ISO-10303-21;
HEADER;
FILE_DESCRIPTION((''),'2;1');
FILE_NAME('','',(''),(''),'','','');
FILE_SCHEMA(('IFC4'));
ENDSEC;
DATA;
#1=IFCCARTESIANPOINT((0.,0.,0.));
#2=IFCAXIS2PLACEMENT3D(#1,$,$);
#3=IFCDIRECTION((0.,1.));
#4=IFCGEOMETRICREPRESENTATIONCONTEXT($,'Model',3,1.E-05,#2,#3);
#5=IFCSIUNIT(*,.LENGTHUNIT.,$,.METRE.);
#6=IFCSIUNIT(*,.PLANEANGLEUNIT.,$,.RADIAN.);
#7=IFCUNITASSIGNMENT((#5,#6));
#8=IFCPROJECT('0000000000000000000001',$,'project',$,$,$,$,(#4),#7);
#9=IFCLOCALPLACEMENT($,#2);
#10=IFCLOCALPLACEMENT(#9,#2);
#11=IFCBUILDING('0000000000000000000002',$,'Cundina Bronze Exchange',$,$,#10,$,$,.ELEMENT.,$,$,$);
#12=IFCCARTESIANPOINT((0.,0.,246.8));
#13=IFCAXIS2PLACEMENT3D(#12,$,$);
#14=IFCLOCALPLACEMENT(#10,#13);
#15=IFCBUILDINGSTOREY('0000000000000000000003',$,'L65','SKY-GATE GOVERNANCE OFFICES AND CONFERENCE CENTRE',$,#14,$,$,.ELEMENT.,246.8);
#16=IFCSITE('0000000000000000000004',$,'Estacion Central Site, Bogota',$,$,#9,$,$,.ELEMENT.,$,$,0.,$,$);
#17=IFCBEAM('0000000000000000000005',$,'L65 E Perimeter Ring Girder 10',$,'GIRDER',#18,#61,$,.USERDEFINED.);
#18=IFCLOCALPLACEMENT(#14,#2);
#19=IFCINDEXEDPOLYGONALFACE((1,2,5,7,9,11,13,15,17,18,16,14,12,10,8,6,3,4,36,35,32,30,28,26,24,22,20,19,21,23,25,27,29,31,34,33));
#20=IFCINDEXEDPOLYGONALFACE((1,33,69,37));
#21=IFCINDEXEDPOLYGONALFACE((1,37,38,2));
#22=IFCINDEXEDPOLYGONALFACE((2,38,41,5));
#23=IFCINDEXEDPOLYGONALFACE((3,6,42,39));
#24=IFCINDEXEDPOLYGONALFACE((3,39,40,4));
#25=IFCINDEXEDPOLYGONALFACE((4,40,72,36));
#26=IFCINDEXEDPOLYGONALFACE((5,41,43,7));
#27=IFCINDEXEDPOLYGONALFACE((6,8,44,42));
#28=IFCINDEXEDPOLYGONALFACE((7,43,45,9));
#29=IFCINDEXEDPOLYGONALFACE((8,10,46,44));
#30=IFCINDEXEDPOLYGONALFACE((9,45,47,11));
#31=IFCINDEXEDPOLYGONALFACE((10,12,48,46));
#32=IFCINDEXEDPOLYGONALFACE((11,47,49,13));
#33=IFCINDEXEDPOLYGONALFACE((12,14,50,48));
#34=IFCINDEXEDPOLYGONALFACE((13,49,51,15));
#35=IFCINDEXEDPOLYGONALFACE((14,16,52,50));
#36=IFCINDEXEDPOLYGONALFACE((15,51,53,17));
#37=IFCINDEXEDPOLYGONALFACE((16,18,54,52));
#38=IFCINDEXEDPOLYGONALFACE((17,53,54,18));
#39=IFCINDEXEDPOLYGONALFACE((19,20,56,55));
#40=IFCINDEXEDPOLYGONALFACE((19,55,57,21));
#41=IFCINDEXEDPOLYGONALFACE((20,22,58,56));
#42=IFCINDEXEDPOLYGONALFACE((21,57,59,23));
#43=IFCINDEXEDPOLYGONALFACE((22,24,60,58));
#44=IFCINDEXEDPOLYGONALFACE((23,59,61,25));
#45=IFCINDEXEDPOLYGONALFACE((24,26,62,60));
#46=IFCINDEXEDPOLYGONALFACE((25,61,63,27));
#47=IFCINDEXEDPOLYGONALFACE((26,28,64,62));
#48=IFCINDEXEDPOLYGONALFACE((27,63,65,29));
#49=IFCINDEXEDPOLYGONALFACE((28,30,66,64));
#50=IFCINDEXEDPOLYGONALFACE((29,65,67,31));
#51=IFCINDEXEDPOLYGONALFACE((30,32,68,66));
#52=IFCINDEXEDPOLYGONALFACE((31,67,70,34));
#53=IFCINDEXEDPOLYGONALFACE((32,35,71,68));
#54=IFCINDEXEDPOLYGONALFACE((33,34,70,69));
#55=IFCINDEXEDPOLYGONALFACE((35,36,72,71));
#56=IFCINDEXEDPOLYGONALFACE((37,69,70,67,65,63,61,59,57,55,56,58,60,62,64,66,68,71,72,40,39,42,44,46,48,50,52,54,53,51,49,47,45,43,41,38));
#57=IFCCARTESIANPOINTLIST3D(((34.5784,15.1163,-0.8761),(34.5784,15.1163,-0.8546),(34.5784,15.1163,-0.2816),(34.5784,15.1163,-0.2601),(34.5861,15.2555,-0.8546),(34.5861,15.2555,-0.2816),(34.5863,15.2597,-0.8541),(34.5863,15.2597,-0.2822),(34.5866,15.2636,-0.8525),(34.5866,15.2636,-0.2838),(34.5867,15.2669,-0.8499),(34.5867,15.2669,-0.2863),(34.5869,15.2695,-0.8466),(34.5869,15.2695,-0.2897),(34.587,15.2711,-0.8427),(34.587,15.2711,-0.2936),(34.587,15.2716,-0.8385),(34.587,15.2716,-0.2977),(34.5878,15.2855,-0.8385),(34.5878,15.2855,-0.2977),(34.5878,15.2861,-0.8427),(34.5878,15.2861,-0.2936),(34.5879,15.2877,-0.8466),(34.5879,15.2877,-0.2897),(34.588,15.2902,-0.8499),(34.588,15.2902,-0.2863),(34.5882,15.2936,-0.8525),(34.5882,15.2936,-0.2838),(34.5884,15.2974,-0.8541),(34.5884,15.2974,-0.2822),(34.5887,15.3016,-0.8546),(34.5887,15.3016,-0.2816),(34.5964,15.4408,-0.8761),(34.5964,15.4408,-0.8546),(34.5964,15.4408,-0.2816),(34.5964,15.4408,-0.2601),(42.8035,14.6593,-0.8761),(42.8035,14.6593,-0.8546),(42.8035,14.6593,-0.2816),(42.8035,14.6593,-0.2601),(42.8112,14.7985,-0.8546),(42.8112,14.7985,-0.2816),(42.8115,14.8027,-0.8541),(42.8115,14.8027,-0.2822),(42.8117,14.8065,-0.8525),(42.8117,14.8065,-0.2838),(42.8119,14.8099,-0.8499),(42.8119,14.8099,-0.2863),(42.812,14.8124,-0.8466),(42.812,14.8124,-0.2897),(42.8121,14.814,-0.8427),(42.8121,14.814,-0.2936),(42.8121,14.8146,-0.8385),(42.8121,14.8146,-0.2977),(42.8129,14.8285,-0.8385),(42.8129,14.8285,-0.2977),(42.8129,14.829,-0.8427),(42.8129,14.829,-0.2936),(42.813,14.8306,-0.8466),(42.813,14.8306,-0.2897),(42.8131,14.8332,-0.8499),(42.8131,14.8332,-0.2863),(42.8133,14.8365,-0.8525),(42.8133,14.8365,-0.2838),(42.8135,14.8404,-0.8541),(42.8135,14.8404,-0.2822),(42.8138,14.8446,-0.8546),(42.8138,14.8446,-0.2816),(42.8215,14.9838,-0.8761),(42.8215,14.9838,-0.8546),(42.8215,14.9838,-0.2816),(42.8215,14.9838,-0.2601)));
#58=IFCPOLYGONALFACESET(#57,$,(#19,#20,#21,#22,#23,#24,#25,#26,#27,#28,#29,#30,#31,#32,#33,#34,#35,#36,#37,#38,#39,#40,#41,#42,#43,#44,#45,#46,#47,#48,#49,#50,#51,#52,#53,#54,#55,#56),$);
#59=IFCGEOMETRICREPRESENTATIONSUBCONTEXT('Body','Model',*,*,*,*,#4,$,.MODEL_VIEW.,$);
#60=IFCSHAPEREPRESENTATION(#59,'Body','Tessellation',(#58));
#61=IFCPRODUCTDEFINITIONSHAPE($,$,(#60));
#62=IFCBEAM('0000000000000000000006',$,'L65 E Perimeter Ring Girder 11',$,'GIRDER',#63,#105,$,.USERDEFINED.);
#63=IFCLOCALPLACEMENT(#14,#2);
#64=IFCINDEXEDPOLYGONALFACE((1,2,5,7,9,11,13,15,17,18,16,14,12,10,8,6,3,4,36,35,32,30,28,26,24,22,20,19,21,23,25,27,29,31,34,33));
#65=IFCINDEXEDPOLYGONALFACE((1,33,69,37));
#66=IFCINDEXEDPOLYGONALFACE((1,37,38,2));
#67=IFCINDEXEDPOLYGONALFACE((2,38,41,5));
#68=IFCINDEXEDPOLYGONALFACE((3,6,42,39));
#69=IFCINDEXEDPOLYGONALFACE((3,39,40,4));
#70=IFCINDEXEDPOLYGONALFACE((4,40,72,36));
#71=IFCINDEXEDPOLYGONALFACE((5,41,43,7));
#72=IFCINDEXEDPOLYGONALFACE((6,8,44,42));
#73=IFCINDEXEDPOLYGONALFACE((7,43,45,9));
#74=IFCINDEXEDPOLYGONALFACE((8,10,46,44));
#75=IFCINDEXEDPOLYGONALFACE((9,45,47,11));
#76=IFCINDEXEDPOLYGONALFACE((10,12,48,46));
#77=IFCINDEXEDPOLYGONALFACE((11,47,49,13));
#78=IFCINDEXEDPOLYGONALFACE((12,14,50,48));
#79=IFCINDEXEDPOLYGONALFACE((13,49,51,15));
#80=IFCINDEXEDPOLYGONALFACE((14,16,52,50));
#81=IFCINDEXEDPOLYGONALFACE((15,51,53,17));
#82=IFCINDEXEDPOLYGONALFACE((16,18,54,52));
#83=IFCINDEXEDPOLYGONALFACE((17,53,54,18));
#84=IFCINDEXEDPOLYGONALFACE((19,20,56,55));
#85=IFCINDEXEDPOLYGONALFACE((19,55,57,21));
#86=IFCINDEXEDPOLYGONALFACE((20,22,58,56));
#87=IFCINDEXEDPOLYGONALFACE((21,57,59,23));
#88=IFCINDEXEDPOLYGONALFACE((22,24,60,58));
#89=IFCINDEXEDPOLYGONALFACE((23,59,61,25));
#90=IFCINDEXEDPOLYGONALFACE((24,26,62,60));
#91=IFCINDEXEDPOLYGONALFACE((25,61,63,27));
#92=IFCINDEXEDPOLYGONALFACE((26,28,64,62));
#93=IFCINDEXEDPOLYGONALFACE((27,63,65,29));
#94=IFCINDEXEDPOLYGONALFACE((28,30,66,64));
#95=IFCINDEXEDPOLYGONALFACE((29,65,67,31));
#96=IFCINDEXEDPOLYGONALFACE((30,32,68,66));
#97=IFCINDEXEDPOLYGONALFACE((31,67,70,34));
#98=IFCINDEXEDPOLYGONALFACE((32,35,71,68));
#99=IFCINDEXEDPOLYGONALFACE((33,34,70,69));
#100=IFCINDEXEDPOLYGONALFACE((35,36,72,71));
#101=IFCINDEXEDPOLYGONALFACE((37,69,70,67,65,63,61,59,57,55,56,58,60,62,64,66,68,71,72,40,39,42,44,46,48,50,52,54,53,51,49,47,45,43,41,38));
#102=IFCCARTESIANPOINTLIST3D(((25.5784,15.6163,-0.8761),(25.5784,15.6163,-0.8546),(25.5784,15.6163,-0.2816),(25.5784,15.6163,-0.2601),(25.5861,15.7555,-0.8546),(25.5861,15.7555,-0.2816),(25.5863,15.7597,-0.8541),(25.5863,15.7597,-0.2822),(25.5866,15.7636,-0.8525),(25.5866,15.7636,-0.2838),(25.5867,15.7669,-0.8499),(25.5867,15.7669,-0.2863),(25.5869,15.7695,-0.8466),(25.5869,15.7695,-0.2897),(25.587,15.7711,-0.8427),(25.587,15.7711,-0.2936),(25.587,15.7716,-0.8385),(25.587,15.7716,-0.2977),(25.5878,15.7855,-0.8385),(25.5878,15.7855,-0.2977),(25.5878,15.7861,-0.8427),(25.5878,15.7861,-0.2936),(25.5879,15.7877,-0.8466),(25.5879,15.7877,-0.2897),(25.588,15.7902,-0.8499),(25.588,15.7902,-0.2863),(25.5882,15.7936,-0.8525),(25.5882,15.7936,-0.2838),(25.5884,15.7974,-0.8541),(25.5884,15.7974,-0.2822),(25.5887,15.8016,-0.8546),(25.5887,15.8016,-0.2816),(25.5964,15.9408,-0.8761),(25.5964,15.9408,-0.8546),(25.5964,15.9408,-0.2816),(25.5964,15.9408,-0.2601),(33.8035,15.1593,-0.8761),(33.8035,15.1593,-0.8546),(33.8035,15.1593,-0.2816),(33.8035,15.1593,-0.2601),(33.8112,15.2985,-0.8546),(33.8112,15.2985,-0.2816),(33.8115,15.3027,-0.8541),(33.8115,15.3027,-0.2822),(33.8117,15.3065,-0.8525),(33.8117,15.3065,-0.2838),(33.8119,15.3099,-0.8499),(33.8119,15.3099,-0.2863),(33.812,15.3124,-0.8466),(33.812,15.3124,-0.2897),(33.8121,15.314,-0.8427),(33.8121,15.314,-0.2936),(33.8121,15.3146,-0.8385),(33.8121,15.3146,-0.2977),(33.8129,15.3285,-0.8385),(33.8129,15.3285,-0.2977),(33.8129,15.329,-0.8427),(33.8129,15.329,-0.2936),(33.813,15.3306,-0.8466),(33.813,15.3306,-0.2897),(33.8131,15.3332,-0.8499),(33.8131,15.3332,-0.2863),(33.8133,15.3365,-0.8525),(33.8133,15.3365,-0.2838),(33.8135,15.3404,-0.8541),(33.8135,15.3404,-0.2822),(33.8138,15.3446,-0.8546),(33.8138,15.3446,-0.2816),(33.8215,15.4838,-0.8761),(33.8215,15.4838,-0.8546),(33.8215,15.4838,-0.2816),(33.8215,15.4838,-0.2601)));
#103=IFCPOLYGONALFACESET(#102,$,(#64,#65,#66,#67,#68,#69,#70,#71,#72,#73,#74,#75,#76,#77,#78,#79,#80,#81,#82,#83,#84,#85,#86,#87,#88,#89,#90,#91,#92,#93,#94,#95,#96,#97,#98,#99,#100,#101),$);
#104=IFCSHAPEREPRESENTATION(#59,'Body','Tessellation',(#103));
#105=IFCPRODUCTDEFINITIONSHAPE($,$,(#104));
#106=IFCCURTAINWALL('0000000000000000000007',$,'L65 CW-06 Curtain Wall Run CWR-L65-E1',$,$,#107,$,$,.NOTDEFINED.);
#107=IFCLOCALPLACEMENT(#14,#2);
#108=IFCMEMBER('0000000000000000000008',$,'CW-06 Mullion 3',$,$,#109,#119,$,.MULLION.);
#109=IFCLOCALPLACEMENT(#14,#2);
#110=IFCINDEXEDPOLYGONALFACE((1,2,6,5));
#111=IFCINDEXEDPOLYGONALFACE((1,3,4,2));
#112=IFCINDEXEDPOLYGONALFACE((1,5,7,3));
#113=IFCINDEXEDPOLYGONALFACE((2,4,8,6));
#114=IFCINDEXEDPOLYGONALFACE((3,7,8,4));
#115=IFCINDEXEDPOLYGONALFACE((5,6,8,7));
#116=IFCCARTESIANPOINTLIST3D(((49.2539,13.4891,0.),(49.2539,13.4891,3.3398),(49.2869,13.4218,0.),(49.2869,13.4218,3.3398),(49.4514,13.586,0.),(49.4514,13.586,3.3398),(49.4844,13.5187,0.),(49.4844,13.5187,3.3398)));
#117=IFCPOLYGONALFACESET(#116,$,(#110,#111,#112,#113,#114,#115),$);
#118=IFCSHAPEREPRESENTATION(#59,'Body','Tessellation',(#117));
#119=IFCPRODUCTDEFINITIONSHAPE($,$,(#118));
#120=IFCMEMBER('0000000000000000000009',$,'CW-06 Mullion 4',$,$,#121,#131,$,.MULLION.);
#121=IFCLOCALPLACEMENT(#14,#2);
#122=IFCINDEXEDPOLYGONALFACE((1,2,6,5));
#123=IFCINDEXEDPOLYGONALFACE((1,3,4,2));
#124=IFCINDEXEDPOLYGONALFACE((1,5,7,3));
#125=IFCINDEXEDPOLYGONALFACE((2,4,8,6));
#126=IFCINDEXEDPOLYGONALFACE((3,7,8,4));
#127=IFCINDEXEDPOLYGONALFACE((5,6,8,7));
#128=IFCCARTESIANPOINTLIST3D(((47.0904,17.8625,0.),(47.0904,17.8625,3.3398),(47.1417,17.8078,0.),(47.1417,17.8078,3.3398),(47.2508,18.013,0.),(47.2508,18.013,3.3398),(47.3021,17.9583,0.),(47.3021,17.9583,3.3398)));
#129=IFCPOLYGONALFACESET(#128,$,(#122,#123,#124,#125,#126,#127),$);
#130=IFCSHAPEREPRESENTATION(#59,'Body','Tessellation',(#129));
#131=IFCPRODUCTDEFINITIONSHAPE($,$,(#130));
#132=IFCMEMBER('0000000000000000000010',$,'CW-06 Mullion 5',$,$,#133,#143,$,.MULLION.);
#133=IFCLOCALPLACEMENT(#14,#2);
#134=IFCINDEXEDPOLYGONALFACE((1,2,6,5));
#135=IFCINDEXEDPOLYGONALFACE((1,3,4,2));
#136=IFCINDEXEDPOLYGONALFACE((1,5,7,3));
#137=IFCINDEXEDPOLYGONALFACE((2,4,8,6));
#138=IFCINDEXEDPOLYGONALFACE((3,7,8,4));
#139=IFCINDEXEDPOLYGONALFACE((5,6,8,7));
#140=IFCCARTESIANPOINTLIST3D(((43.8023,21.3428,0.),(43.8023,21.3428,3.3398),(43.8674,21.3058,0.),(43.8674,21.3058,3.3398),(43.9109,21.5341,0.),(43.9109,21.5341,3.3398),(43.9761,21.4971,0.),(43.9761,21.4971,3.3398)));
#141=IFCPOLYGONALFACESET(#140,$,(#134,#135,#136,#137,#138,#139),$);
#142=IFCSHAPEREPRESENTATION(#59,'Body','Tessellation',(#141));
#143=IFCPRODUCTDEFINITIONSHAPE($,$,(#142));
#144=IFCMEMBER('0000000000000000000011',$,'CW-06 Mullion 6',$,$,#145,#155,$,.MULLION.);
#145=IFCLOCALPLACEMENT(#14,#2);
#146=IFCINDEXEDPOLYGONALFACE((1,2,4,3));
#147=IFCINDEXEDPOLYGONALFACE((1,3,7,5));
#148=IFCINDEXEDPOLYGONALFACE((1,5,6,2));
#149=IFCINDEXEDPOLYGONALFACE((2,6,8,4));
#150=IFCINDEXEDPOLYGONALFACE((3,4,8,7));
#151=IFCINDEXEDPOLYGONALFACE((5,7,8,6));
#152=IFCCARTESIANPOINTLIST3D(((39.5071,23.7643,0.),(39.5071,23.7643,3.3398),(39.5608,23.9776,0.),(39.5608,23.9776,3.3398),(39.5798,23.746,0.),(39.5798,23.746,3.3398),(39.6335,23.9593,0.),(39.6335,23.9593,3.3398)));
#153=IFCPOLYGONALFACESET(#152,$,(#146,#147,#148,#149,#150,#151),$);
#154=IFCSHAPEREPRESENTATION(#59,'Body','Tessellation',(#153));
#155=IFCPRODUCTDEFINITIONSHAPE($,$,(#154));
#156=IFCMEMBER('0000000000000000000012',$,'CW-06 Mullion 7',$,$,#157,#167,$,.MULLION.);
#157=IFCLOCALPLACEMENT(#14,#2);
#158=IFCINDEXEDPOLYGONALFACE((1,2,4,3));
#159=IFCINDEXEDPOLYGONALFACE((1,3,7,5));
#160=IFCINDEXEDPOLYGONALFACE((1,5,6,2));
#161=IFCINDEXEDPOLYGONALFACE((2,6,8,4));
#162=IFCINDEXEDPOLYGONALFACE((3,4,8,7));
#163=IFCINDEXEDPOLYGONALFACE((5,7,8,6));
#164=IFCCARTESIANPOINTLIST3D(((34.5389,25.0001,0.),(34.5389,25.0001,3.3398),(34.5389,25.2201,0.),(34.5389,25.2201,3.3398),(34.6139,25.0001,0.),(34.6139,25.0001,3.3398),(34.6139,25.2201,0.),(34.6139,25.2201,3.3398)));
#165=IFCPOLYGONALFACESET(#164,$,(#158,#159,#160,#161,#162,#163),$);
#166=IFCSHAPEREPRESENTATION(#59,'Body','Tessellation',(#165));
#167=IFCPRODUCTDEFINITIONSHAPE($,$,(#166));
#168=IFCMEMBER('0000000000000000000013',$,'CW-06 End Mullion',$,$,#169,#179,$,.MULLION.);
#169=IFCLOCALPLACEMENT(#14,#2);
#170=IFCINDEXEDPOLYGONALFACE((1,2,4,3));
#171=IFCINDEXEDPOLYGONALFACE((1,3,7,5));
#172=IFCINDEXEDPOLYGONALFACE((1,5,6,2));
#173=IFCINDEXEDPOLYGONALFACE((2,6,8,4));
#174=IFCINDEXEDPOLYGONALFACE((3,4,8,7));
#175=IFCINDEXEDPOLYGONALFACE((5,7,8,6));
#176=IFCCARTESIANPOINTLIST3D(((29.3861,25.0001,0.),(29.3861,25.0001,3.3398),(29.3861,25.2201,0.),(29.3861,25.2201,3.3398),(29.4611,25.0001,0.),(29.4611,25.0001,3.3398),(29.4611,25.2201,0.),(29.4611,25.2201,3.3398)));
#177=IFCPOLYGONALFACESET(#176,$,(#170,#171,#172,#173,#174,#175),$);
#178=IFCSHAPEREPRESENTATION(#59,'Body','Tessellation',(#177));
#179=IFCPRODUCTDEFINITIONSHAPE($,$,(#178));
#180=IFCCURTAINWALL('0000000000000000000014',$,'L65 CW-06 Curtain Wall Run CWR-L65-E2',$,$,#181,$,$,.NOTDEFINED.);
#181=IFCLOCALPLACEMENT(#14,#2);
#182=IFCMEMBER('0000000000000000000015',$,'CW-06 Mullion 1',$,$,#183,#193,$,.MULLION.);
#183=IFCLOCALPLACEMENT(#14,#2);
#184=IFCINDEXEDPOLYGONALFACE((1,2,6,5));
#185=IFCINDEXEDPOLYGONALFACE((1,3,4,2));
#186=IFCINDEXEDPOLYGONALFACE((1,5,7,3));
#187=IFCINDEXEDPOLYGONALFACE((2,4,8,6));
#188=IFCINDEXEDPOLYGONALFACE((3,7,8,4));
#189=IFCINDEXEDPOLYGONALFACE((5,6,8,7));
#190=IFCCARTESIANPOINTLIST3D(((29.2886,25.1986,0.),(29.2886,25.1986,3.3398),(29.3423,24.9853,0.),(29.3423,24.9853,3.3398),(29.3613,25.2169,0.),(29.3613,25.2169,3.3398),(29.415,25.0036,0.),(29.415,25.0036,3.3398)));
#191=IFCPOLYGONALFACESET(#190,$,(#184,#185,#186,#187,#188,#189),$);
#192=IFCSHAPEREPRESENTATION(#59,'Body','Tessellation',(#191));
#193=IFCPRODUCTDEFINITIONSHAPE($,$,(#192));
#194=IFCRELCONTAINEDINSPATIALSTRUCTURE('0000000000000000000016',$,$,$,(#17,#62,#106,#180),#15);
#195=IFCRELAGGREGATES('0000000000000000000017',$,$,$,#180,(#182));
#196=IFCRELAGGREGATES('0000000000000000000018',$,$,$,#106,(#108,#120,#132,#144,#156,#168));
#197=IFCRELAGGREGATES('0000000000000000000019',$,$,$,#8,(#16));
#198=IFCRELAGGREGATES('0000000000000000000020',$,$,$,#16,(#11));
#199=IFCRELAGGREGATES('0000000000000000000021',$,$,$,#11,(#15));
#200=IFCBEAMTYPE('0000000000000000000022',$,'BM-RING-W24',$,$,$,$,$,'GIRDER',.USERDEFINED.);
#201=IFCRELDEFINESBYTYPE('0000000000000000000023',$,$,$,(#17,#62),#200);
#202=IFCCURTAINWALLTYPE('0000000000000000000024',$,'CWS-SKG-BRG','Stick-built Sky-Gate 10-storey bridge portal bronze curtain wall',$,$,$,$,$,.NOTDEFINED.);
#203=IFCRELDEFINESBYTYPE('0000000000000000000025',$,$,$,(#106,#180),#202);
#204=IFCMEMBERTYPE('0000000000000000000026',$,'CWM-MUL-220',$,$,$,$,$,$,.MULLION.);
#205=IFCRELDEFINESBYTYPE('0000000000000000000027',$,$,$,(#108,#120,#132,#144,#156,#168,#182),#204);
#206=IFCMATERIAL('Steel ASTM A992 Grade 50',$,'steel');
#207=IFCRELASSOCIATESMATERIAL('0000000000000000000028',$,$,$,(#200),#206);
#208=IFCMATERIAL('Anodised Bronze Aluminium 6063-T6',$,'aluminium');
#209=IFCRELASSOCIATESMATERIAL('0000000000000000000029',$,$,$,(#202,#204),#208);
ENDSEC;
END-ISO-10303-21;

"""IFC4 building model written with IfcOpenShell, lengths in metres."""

from ifc_helpers import new_model, si_unit, direction, frame, origin, origin_2d, place, context, subcontext, project, spatial, rectangle, i_section, extrude, material, material_profile, profile_set, type_object, element, aggregate, save


model = new_model("IFC4")

# Units and contexts
model_context = context("Model", 3, precision=1e-05, world=origin(), true_north=direction((0.0, 1.0)))
body_context = subcontext(model_context, "Body", "Model", "MODEL_VIEW")
ifc_project = project(units=[si_unit("LENGTHUNIT", "METRE"), si_unit("PLANEANGLEUNIT", "RADIAN")], contexts=[model_context])

# Site, building, storey
site_placement = place(None, origin())
site = spatial("IfcSite", under=ifc_project, at=site_placement, Name="Estacion Central Site, Bogota", CompositionType="ELEMENT", RefElevation=0.0)
building_placement = place(site_placement, origin())
building = spatial("IfcBuilding", under=site, at=building_placement, Name="Cundina Bronze Exchange", CompositionType="ELEMENT")
storey_placement = place(building_placement, frame((0.0, 0.0, 246.8)))
storey = spatial("IfcBuildingStorey", under=building, at=storey_placement, Name="L65", Description="SKY-GATE GOVERNANCE OFFICES AND CONFERENCE CENTRE", CompositionType="ELEMENT", Elevation=246.8)

# Beams
ifc_material_1 = material(Name="Steel ASTM A992 Grade 50", Category="steel")
ifc_material_profile_1 = material_profile(ifc_material_1, i_section(OverallWidth=0.325, OverallDepth=0.616, WebThickness=0.0139, FlangeThickness=0.0215, FilletRadius=0.0161, at=origin_2d()), Name="W24X117", Category="steel")
ifc_profile_set_1 = profile_set([ifc_material_profile_1], Name="Steel ASTM A992 Grade 50")
beam_type_1 = type_object("IfcBeamType", Name="BM-RING-W24", ElementType="GIRDER", PredefinedType="USERDEFINED", material=ifc_profile_set_1)
for number, where, z_axis, x_axis, name in (
    (1, (42.8125, 14.8215, -0.5681), (-0.99846, 0.05548, 0.0), (-0.05548, -0.99846, 0.0), "L65 E Perimeter Ring Girder 10"),
    (2, (33.8125, 15.3215, -0.5681), (-0.99846, 0.05548, 0.0), (-0.05548, -0.99846, 0.0), "L65 E Perimeter Ring Girder 11"),
):
    element("IfcBeam", number, at=place(storey_placement, frame(where, z_axis=z_axis, x_axis=x_axis)), inside=storey, type_object=beam_type_1, Name=name, ObjectType="GIRDER", PredefinedType="USERDEFINED", context=body_context, shape_type="SweptSolid", body=[
        extrude(i_section(OverallWidth=0.325, OverallDepth=0.616, WebThickness=0.0139, FlangeThickness=0.0215, FilletRadius=0.0161, at=origin_2d()), origin(), (0.0, 0.0, 1.0), 8.2378),
    ])

# Curtain wall, members
ifc_material_2 = material(Name="Anodised Bronze Aluminium 6063-T6", Category="aluminium")
curtain_wall_type = type_object("IfcCurtainWallType", Name="CWS-SKG-BRG", Description="Stick-built Sky-Gate 10-storey bridge portal bronze curtain wall", PredefinedType="NOTDEFINED", material=ifc_material_2)
curtain_wall_1_placement = place(storey_placement, origin())
curtain_wall_1 = element("IfcCurtainWall", 3, at=curtain_wall_1_placement, inside=storey, type_object=curtain_wall_type, Name="L65 CW-06 Curtain Wall Run CWR-L65-E1", PredefinedType="NOTDEFINED")
ifc_material_profile_2 = material_profile(ifc_material_2, rectangle(XDim=0.075, YDim=0.22, at=origin_2d()), Name="AL75X220", Category="aluminium")
ifc_profile_set_2 = profile_set([ifc_material_profile_2], Name="Anodised Bronze Aluminium 6063-T6")
member_type_1 = type_object("IfcMemberType", Name="CWM-MUL-220", PredefinedType="MULLION", material=ifc_profile_set_2)
member_1_placement = place(storey_placement, frame((49.3691, 13.5039, 0.0), z_axis=(0.0, 0.0, 1.0), x_axis=(-0.440566, 0.89772, 0.0)))
member_1 = element("IfcMember", 4, at=member_1_placement, type_object=member_type_1, Name="CW-06 Mullion 3", PredefinedType="MULLION", context=body_context, shape_type="SweptSolid", body=[
    extrude(rectangle(XDim=0.075, YDim=0.22, at=origin_2d()), origin(), (0.0, 0.0, 1.0), 3.3398),
])
member_2_placement = place(storey_placement, frame((47.1963, 17.9104, 0.0), z_axis=(0.0, 0.0, 1.0), x_axis=(-0.684293, 0.729208, 0.0)))
member_2 = element("IfcMember", 5, at=member_2_placement, type_object=member_type_1, Name="CW-06 Mullion 4", PredefinedType="MULLION", context=body_context, shape_type="SweptSolid", body=[
    extrude(rectangle(XDim=0.075, YDim=0.22, at=origin_2d()), origin(), (0.0, 0.0, 1.0), 3.3398),
])
member_3_placement = place(storey_placement, frame((43.8892, 21.4199, 0.0), z_axis=(0.0, 0.0, 1.0), x_axis=(-0.869581, 0.49379, 0.0)))
member_3 = element("IfcMember", 6, at=member_3_placement, type_object=member_type_1, Name="CW-06 Mullion 5", PredefinedType="MULLION", context=body_context, shape_type="SweptSolid", body=[
    extrude(rectangle(XDim=0.075, YDim=0.22, at=origin_2d()), origin(), (0.0, 0.0, 1.0), 3.3398),
])
member_4_placement = place(storey_placement, frame((39.5703, 23.8618, 0.0), z_axis=(0.0, 0.0, 1.0), x_axis=(-0.969744, 0.244123, 0.0)))
member_4 = element("IfcMember", 7, at=member_4_placement, type_object=member_type_1, Name="CW-06 Mullion 6", PredefinedType="MULLION", context=body_context, shape_type="SweptSolid", body=[
    extrude(rectangle(XDim=0.075, YDim=0.22, at=origin_2d()), origin(), (0.0, 0.0, 1.0), 3.3398),
])
member_5_placement = place(storey_placement, frame((34.5764, 25.1101, 0.0), z_axis=(0.0, 0.0, 1.0), x_axis=(-1.0, 0.0, 0.0)))
member_5 = element("IfcMember", 8, at=member_5_placement, type_object=member_type_1, Name="CW-06 Mullion 7", PredefinedType="MULLION", context=body_context, shape_type="SweptSolid", body=[
    extrude(rectangle(XDim=0.075, YDim=0.22, at=origin_2d()), origin(), (0.0, 0.0, 1.0), 3.3398),
])
member_6_placement = place(storey_placement, frame((29.4236, 25.1101, 0.0), z_axis=(0.0, 0.0, 1.0), x_axis=(-1.0, 0.0, 0.0)))
member_6 = element("IfcMember", 9, at=member_6_placement, type_object=member_type_1, Name="CW-06 End Mullion", PredefinedType="MULLION", context=body_context, shape_type="SweptSolid", body=[
    extrude(rectangle(XDim=0.075, YDim=0.22, at=origin_2d()), origin(), (0.0, 0.0, 1.0), 3.3398),
])

# Curtain wall, member
curtain_wall_2_placement = place(storey_placement, origin())
curtain_wall_2 = element("IfcCurtainWall", 10, at=curtain_wall_2_placement, inside=storey, type_object=curtain_wall_type, Name="L65 CW-06 Curtain Wall Run CWR-L65-E2", PredefinedType="NOTDEFINED")
member_7_placement = place(storey_placement, frame((29.3518, 25.1011, 0.0), z_axis=(0.0, 0.0, 1.0), x_axis=(-0.969744, -0.244123, 0.0)))
member_7 = element("IfcMember", 11, at=member_7_placement, type_object=member_type_1, Name="CW-06 Mullion 1", PredefinedType="MULLION", context=body_context, shape_type="SweptSolid", body=[
    extrude(rectangle(XDim=0.075, YDim=0.22, at=origin_2d()), origin(), (0.0, 0.0, 1.0), 3.3398),
])

aggregate(curtain_wall_2, [member_7])

aggregate(curtain_wall_1, [member_1, member_2, member_3, member_4, member_5, member_6])

save(model, "model.ifc")
